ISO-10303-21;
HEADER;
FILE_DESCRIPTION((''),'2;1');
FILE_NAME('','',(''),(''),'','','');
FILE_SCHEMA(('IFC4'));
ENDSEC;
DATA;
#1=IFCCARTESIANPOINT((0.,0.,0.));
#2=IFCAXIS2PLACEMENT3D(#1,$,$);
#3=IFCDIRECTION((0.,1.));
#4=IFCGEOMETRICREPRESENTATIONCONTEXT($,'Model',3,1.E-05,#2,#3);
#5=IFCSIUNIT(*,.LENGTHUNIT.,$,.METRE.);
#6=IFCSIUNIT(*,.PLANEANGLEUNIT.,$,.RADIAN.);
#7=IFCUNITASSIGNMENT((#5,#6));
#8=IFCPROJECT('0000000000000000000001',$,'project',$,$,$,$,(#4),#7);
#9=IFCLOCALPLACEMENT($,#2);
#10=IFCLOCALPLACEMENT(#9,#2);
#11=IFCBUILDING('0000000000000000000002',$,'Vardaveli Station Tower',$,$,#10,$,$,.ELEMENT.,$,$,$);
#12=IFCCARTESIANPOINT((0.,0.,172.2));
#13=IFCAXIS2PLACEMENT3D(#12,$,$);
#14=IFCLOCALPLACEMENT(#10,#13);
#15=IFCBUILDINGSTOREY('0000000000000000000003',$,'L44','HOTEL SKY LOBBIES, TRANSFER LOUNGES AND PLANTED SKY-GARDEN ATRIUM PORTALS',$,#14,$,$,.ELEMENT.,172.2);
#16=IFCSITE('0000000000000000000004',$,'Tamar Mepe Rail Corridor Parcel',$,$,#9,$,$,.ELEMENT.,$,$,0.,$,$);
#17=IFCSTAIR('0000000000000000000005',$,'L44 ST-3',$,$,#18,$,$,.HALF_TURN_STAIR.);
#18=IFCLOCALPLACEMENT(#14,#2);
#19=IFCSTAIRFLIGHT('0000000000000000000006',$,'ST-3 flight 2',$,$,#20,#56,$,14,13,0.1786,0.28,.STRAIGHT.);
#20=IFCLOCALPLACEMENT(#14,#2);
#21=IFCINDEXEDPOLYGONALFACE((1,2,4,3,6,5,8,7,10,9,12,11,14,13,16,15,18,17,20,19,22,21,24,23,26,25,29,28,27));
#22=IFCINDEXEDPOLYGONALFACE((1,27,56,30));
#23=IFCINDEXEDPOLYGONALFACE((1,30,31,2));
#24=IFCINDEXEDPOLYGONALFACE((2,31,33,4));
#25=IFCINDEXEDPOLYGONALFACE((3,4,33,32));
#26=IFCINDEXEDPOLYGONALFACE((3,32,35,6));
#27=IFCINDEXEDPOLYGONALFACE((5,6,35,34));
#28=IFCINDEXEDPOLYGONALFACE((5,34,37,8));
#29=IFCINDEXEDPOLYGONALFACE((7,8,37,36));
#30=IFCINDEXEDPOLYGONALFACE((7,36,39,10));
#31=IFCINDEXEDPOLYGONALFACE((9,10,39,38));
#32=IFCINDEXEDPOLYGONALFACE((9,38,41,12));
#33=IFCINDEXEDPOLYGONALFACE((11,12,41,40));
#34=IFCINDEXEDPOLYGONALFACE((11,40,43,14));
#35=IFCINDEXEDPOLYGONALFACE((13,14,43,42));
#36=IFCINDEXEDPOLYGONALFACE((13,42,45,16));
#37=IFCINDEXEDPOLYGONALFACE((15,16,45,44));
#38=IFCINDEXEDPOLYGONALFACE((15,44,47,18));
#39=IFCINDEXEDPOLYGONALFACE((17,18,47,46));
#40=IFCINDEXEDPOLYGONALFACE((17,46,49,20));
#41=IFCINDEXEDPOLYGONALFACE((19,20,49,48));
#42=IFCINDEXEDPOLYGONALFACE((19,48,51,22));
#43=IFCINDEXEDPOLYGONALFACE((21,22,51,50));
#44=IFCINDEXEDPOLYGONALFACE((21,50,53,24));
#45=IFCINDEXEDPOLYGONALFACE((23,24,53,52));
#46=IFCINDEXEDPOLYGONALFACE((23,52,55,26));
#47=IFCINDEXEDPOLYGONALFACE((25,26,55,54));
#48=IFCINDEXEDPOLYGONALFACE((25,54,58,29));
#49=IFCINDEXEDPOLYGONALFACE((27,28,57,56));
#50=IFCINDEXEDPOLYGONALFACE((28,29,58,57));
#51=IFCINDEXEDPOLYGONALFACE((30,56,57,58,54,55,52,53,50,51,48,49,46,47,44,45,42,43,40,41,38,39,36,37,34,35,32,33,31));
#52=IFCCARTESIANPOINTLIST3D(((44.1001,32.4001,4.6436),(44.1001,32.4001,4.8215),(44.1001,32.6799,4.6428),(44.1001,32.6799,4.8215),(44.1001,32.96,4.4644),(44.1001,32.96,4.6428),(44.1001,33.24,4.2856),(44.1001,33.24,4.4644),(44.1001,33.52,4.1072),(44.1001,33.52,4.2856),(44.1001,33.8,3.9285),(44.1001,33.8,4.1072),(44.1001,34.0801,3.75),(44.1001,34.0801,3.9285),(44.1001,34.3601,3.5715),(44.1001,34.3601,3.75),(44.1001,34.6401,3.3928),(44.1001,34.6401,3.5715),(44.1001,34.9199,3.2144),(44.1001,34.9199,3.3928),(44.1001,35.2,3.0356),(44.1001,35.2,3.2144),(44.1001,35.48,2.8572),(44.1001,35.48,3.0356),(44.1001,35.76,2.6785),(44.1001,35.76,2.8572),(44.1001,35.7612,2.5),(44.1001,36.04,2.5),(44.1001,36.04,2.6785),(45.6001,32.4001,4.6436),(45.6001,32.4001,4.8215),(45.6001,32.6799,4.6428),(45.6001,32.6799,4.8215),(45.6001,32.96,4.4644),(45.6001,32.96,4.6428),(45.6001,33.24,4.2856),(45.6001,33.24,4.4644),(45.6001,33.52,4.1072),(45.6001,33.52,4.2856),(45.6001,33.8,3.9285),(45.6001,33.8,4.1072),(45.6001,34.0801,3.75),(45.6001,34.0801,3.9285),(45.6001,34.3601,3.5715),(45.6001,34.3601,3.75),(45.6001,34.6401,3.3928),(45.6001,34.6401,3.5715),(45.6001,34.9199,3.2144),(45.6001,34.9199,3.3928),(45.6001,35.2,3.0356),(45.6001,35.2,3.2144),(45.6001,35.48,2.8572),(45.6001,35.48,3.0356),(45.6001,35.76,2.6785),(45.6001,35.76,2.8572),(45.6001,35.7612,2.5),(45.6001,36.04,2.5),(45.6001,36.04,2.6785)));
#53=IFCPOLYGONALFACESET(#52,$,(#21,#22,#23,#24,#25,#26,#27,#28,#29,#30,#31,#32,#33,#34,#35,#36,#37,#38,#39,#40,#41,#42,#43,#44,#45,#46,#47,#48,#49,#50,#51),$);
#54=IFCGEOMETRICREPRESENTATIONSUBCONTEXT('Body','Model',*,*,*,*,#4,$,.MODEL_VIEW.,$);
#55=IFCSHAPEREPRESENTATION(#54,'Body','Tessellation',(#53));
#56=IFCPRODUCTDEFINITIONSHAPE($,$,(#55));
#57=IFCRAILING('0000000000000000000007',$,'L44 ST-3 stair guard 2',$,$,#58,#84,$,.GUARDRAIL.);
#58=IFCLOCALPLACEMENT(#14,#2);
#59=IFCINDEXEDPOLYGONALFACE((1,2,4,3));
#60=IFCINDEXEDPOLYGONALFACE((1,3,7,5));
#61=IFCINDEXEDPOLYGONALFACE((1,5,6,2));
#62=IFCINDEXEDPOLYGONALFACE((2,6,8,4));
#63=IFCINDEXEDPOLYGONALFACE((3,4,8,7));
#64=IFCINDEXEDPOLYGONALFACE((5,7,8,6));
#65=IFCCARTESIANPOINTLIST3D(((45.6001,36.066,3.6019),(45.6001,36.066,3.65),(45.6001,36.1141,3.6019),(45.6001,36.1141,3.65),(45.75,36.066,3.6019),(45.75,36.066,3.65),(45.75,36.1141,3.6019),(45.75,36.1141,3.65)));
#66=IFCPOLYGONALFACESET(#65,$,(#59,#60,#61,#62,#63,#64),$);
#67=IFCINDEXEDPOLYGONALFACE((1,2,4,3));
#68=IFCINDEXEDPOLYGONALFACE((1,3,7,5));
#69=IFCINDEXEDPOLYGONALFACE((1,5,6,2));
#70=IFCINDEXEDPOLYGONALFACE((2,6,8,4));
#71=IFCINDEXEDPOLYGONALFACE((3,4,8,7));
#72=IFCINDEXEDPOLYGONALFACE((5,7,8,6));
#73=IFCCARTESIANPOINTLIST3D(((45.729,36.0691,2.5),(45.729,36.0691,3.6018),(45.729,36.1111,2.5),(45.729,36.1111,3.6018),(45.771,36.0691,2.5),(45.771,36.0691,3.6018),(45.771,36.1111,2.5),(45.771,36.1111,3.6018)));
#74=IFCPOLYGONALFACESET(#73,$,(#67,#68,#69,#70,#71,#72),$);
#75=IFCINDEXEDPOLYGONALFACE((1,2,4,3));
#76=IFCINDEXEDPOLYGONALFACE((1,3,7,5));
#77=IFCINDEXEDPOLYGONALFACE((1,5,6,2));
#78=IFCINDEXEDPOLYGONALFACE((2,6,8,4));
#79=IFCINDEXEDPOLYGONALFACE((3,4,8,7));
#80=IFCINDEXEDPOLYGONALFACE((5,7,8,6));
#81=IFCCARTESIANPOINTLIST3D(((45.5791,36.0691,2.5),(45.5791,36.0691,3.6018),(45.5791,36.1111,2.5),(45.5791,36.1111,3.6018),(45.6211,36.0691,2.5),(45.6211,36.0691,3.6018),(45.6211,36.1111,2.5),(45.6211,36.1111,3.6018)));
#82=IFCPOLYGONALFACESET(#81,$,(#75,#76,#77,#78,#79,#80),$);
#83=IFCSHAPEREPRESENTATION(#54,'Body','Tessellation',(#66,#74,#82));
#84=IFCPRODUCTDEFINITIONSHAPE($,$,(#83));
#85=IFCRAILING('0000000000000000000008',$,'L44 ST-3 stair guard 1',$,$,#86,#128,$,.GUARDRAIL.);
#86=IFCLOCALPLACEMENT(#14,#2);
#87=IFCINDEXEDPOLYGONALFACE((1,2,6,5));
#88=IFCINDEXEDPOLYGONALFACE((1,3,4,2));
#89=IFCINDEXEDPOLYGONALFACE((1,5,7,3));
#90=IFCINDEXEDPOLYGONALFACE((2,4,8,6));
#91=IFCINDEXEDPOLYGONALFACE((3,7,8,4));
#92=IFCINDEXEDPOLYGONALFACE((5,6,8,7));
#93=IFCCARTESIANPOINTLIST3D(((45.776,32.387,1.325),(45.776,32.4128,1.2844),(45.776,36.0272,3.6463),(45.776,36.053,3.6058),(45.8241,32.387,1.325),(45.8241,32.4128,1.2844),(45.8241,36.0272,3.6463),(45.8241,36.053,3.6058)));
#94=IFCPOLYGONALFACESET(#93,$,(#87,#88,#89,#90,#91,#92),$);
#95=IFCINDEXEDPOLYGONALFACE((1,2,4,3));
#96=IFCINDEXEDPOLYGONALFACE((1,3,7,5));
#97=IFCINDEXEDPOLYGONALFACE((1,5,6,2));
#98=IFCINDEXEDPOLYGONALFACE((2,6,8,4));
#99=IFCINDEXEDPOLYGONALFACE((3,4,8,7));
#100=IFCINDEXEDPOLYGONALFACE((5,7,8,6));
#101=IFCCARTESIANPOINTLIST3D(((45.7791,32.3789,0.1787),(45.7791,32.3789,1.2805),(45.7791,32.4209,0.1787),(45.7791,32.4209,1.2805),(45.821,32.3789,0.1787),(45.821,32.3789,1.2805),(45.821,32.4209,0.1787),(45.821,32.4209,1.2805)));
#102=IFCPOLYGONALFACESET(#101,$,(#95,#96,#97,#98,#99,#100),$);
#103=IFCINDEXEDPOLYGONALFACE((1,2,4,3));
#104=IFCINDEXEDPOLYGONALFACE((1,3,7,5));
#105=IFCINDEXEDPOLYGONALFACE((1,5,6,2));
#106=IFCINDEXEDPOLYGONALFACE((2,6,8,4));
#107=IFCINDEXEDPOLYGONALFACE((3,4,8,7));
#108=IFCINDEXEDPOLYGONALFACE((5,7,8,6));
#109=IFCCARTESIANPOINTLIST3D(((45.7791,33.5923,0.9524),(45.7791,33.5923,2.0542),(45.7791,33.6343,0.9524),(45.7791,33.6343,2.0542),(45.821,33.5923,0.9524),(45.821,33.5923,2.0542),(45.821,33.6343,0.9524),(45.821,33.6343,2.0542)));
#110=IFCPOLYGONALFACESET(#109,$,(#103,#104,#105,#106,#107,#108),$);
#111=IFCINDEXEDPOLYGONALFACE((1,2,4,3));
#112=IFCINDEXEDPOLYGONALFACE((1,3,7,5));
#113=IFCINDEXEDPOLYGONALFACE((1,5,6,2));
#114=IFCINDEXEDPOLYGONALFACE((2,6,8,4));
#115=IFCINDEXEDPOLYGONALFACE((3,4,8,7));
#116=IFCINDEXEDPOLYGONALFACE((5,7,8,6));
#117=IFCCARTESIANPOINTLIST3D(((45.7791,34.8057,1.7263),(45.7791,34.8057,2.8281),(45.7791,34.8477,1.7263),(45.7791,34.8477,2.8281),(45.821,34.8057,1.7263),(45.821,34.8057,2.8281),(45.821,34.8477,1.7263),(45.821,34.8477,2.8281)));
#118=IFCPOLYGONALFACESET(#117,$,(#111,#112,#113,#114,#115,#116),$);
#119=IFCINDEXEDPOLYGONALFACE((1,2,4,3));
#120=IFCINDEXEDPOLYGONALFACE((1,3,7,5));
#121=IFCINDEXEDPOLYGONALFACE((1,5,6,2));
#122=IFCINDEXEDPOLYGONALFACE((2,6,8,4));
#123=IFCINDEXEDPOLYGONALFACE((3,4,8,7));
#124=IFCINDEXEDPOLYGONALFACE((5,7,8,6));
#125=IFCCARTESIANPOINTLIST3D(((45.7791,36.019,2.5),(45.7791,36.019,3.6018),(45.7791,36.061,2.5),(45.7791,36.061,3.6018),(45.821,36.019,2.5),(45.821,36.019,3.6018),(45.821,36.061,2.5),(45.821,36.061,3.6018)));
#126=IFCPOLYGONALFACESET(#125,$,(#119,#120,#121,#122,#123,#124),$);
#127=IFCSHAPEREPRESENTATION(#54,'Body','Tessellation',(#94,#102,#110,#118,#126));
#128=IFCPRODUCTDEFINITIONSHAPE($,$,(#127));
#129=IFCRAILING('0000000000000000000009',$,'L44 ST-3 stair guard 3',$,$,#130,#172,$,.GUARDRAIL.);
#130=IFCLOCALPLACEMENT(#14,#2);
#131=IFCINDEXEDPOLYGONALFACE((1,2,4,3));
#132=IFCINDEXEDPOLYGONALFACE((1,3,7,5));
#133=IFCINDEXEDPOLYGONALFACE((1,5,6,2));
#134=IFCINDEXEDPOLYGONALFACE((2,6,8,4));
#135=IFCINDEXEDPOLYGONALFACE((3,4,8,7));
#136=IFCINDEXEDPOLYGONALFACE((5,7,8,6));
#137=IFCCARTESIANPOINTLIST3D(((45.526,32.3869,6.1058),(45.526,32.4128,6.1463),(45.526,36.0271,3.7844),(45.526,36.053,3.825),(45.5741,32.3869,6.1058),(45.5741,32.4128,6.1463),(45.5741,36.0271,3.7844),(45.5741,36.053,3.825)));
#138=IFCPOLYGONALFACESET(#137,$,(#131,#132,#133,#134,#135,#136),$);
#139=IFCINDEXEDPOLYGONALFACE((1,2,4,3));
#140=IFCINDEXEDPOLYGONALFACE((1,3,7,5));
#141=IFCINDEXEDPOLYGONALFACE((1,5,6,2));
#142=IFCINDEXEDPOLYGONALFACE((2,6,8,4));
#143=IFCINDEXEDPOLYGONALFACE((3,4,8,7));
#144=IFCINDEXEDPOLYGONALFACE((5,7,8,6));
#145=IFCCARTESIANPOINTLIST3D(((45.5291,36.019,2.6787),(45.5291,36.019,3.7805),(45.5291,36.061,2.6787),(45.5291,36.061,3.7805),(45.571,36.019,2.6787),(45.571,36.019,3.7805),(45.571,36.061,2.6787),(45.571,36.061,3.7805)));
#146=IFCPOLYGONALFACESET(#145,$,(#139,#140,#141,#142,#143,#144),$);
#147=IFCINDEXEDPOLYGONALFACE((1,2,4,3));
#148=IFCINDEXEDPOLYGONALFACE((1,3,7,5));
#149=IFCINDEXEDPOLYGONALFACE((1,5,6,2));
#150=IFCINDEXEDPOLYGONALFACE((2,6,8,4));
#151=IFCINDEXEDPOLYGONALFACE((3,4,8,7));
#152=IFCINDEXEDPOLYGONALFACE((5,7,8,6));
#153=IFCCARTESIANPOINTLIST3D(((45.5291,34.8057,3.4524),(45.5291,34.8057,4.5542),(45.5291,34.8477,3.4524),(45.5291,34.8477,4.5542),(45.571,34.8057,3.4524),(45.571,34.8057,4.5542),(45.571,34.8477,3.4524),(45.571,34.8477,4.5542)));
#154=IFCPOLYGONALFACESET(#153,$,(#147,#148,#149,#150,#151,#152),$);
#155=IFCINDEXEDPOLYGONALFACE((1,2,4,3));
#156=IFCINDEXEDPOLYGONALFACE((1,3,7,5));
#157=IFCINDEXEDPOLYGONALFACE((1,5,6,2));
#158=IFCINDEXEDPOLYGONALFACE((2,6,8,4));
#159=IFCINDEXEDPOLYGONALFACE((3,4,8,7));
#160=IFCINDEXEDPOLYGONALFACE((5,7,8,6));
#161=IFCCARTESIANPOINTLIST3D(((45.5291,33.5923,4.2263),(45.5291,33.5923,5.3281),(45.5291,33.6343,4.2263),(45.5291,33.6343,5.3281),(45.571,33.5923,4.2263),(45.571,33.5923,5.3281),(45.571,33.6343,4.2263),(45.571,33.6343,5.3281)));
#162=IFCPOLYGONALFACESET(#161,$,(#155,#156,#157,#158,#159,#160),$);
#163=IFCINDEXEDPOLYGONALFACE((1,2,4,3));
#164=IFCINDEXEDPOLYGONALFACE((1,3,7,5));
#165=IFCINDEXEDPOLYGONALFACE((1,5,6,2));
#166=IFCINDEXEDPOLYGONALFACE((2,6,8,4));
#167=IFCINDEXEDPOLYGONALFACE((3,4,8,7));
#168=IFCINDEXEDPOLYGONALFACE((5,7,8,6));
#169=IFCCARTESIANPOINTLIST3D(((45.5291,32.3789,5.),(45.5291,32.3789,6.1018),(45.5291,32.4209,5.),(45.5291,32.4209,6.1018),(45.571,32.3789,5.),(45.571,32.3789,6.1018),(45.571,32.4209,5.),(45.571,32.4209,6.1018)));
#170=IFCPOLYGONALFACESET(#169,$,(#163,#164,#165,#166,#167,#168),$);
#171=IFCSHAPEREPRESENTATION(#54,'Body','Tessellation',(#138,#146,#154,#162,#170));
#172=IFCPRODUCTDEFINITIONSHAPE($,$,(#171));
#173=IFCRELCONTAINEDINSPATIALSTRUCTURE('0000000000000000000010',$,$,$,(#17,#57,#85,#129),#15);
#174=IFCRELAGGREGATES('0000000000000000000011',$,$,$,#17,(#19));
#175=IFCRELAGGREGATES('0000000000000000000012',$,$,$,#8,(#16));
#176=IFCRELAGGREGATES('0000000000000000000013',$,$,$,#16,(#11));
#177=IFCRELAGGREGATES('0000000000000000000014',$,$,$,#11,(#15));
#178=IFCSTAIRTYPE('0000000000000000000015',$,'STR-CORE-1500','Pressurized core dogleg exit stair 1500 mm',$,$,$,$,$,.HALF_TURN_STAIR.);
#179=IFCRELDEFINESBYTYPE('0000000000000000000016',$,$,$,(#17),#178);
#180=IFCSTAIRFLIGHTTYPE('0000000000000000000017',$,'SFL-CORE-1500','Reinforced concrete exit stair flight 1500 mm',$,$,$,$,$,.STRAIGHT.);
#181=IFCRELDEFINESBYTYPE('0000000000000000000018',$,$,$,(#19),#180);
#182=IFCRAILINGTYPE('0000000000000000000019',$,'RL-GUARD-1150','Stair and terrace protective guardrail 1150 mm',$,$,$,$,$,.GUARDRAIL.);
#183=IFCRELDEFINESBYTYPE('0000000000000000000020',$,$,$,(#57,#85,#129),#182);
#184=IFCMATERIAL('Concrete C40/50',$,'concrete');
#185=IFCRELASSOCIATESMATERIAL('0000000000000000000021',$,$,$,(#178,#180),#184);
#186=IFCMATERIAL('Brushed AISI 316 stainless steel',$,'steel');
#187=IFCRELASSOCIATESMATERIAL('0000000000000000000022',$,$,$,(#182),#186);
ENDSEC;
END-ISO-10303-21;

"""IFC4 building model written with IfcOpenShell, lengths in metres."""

from ifc_helpers import new_model, si_unit, direction, frame, origin, origin_2d, place, context, subcontext, project, spatial, polyline, rectangle, outline, extrude, source, transform, mapped, material, type_object, element, aggregate, save


model = new_model("IFC4")

# Units and contexts
model_context = context("Model", 3, precision=1e-05, world=origin(), true_north=direction((0.0, 1.0)))
body_context = subcontext(model_context, "Body", "Model", "MODEL_VIEW")
ifc_project = project(units=[si_unit("LENGTHUNIT", "METRE"), si_unit("PLANEANGLEUNIT", "RADIAN")], contexts=[model_context])

# Site, building, storey
site_placement = place(None, origin())
site = spatial("IfcSite", under=ifc_project, at=site_placement, Name="Tamar Mepe Rail Corridor Parcel", CompositionType="ELEMENT", RefElevation=0.0)
building_placement = place(site_placement, origin())
building = spatial("IfcBuilding", under=site, at=building_placement, Name="Vardaveli Station Tower", CompositionType="ELEMENT")
storey_placement = place(building_placement, frame((0.0, 0.0, 172.2)))
storey = spatial("IfcBuildingStorey", under=building, at=storey_placement, Name="L44", Description="HOTEL SKY LOBBIES, TRANSFER LOUNGES AND PLANTED SKY-GARDEN ATRIUM PORTALS", CompositionType="ELEMENT", Elevation=172.2)

# Stair, stair flight
ifc_material_1 = material(Name="Concrete C40/50", Category="concrete")
stair_type = type_object("IfcStairType", Name="STR-CORE-1500", Description="Pressurized core dogleg exit stair 1500 mm", PredefinedType="HALF_TURN_STAIR", material=ifc_material_1)
stair_placement = place(storey_placement, origin())
stair = element("IfcStair", 1, at=stair_placement, inside=storey, type_object=stair_type, Name="L44 ST-3", PredefinedType="HALF_TURN_STAIR")
stair_flight_type = type_object("IfcStairFlightType", Name="SFL-CORE-1500", Description="Reinforced concrete exit stair flight 1500 mm", PredefinedType="STRAIGHT", material=ifc_material_1)
shared_shape_1 = source(origin(), body_context, "Body", "SweptSolid", [
    extrude(outline(polyline([(0.0, 0.0), (0.0, 0.1785), (0.28, 0.1785), (0.28, 0.3572), (0.5601, 0.3572), (0.5601, 0.5356), (0.8401, 0.5356), (0.8401, 0.7144), (1.1201, 0.7144), (1.1201, 0.8928), (1.3999, 0.8928), (1.3999, 1.0715), (1.6799, 1.0715), (1.6799, 1.25), (1.96, 1.25), (1.96, 1.4285), (2.24, 1.4285), (2.24, 1.6072), (2.52, 1.6072), (2.52, 1.7856), (2.8, 1.7856), (2.8, 1.9644), (3.0801, 1.9644), (3.0801, 2.1428), (3.3601, 2.1428), (3.3601, 2.3215), (3.6399, 2.3215), (3.6399, 2.5), (3.6399, 2.1436), (0.2788, 0.0), (0.0, 0.0)])), frame((0.0, 0.75, 0.0), z_axis=(0.0, -1.0, 0.0), x_axis=(1.0, 0.0, 0.0)), (0.0, 0.0, 1.0), 1.5),
])
stair_flight_1_placement = place(storey_placement, frame((44.8501, 36.04, 2.5), z_axis=(0.0, 0.0, 1.0), x_axis=(0.0, -1.0, 0.0)))
stair_flight_1 = element("IfcStairFlight", 2, at=stair_flight_1_placement, type_object=stair_flight_type, Name="ST-3 flight 2", NumberOfRisers=14, NumberOfTreads=13, PredefinedType="STRAIGHT", RiserHeight=0.1786, TreadLength=0.28, context=body_context, shape_type="MappedRepresentation", body=[
    mapped(shared_shape_1, transform((0.0, 0.0, 0.0), scale=1.0)),
])
aggregate(stair, [stair_flight_1])

# Railings
ifc_material_2 = material(Name="Brushed AISI 316 stainless steel", Category="steel")
railing_type_1 = type_object("IfcRailingType", Name="RL-GUARD-1150", Description="Stair and terrace protective guardrail 1150 mm", PredefinedType="GUARDRAIL", material=ifc_material_2)
shared_shape_2 = source(origin(), body_context, "Body", "SweptSolid", [
    extrude(rectangle(XDim=0.0481, YDim=0.0481, at=origin_2d()), frame((0.0, 0.0, 1.126), z_axis=(-1.0, 0.0, 0.0), x_axis=(0.0, -1.0, 0.0)), (0.0, 0.0, 1.0), 0.1499),
    extrude(rectangle(XDim=0.042, YDim=0.042, at=origin_2d()), origin(), (0.0, 0.0, 1.0), 1.1018),
    extrude(rectangle(XDim=0.042, YDim=0.042, at=origin_2d()), frame((-0.1499, 0.0, 0.0)), (0.0, 0.0, 1.0), 1.1018),
])
railing_1_placement = place(storey_placement, frame((45.75, 36.0901, 2.5)))
element("IfcRailing", 3, at=railing_1_placement, inside=storey, type_object=railing_type_1, Name="L44 ST-3 stair guard 2", PredefinedType="GUARDRAIL", context=body_context, shape_type="MappedRepresentation", body=[
    mapped(shared_shape_2, transform((0.0, 0.0, 0.0), scale=1.0)),
])
shared_shape_3 = source(origin(), body_context, "Body", "SweptSolid", [
    extrude(rectangle(XDim=0.0481, YDim=0.0481, at=origin_2d()), frame((0.0, 0.0, 1.126), z_axis=(0.0, 0.843153, 0.537673), x_axis=(-1.0, 0.0, 0.0)), (0.0, 0.0, 1.0), 4.3174),
    extrude(rectangle(XDim=0.042, YDim=0.042, at=origin_2d()), origin(), (0.0, 0.0, 1.0), 1.1018),
    extrude(rectangle(XDim=0.042, YDim=0.042, at=origin_2d()), frame((0.0, 1.2134, 0.7737)), (0.0, 0.0, 1.0), 1.1018),
    extrude(rectangle(XDim=0.042, YDim=0.042, at=origin_2d()), frame((0.0, 2.4268, 1.5476)), (0.0, 0.0, 1.0), 1.1018),
    extrude(rectangle(XDim=0.042, YDim=0.042, at=origin_2d()), frame((0.0, 3.6401, 2.3213)), (0.0, 0.0, 1.0), 1.1018),
])
railing_2_placement = place(storey_placement, frame((45.8, 32.3999, 0.1787)))
element("IfcRailing", 4, at=railing_2_placement, inside=storey, type_object=railing_type_1, Name="L44 ST-3 stair guard 1", PredefinedType="GUARDRAIL", context=body_context, shape_type="MappedRepresentation", body=[
    mapped(shared_shape_3, transform((0.0, 0.0, 0.0), scale=1.0)),
])
shared_shape_4 = source(origin(), body_context, "Body", "SweptSolid", [
    extrude(rectangle(XDim=0.0481, YDim=0.0481, at=origin_2d()), frame((0.0, 0.0, 1.126), z_axis=(0.0, -0.843153, 0.537673), x_axis=(1.0, 0.0, 0.0)), (0.0, 0.0, 1.0), 4.3174),
    extrude(rectangle(XDim=0.042, YDim=0.042, at=origin_2d()), origin(), (0.0, 0.0, 1.0), 1.1018),
    extrude(rectangle(XDim=0.042, YDim=0.042, at=origin_2d()), frame((0.0, -1.2134, 0.7737)), (0.0, 0.0, 1.0), 1.1018),
    extrude(rectangle(XDim=0.042, YDim=0.042, at=origin_2d()), frame((0.0, -2.4268, 1.5476)), (0.0, 0.0, 1.0), 1.1018),
    extrude(rectangle(XDim=0.042, YDim=0.042, at=origin_2d()), frame((0.0, -3.6401, 2.3213)), (0.0, 0.0, 1.0), 1.1018),
])
railing_3_placement = place(storey_placement, frame((45.55, 36.04, 2.6787)))
element("IfcRailing", 5, at=railing_3_placement, inside=storey, type_object=railing_type_1, Name="L44 ST-3 stair guard 3", PredefinedType="GUARDRAIL", context=body_context, shape_type="MappedRepresentation", body=[
    mapped(shared_shape_4, transform((0.0, 0.0, 0.0), scale=1.0)),
])

save(model, "model.ifc")
